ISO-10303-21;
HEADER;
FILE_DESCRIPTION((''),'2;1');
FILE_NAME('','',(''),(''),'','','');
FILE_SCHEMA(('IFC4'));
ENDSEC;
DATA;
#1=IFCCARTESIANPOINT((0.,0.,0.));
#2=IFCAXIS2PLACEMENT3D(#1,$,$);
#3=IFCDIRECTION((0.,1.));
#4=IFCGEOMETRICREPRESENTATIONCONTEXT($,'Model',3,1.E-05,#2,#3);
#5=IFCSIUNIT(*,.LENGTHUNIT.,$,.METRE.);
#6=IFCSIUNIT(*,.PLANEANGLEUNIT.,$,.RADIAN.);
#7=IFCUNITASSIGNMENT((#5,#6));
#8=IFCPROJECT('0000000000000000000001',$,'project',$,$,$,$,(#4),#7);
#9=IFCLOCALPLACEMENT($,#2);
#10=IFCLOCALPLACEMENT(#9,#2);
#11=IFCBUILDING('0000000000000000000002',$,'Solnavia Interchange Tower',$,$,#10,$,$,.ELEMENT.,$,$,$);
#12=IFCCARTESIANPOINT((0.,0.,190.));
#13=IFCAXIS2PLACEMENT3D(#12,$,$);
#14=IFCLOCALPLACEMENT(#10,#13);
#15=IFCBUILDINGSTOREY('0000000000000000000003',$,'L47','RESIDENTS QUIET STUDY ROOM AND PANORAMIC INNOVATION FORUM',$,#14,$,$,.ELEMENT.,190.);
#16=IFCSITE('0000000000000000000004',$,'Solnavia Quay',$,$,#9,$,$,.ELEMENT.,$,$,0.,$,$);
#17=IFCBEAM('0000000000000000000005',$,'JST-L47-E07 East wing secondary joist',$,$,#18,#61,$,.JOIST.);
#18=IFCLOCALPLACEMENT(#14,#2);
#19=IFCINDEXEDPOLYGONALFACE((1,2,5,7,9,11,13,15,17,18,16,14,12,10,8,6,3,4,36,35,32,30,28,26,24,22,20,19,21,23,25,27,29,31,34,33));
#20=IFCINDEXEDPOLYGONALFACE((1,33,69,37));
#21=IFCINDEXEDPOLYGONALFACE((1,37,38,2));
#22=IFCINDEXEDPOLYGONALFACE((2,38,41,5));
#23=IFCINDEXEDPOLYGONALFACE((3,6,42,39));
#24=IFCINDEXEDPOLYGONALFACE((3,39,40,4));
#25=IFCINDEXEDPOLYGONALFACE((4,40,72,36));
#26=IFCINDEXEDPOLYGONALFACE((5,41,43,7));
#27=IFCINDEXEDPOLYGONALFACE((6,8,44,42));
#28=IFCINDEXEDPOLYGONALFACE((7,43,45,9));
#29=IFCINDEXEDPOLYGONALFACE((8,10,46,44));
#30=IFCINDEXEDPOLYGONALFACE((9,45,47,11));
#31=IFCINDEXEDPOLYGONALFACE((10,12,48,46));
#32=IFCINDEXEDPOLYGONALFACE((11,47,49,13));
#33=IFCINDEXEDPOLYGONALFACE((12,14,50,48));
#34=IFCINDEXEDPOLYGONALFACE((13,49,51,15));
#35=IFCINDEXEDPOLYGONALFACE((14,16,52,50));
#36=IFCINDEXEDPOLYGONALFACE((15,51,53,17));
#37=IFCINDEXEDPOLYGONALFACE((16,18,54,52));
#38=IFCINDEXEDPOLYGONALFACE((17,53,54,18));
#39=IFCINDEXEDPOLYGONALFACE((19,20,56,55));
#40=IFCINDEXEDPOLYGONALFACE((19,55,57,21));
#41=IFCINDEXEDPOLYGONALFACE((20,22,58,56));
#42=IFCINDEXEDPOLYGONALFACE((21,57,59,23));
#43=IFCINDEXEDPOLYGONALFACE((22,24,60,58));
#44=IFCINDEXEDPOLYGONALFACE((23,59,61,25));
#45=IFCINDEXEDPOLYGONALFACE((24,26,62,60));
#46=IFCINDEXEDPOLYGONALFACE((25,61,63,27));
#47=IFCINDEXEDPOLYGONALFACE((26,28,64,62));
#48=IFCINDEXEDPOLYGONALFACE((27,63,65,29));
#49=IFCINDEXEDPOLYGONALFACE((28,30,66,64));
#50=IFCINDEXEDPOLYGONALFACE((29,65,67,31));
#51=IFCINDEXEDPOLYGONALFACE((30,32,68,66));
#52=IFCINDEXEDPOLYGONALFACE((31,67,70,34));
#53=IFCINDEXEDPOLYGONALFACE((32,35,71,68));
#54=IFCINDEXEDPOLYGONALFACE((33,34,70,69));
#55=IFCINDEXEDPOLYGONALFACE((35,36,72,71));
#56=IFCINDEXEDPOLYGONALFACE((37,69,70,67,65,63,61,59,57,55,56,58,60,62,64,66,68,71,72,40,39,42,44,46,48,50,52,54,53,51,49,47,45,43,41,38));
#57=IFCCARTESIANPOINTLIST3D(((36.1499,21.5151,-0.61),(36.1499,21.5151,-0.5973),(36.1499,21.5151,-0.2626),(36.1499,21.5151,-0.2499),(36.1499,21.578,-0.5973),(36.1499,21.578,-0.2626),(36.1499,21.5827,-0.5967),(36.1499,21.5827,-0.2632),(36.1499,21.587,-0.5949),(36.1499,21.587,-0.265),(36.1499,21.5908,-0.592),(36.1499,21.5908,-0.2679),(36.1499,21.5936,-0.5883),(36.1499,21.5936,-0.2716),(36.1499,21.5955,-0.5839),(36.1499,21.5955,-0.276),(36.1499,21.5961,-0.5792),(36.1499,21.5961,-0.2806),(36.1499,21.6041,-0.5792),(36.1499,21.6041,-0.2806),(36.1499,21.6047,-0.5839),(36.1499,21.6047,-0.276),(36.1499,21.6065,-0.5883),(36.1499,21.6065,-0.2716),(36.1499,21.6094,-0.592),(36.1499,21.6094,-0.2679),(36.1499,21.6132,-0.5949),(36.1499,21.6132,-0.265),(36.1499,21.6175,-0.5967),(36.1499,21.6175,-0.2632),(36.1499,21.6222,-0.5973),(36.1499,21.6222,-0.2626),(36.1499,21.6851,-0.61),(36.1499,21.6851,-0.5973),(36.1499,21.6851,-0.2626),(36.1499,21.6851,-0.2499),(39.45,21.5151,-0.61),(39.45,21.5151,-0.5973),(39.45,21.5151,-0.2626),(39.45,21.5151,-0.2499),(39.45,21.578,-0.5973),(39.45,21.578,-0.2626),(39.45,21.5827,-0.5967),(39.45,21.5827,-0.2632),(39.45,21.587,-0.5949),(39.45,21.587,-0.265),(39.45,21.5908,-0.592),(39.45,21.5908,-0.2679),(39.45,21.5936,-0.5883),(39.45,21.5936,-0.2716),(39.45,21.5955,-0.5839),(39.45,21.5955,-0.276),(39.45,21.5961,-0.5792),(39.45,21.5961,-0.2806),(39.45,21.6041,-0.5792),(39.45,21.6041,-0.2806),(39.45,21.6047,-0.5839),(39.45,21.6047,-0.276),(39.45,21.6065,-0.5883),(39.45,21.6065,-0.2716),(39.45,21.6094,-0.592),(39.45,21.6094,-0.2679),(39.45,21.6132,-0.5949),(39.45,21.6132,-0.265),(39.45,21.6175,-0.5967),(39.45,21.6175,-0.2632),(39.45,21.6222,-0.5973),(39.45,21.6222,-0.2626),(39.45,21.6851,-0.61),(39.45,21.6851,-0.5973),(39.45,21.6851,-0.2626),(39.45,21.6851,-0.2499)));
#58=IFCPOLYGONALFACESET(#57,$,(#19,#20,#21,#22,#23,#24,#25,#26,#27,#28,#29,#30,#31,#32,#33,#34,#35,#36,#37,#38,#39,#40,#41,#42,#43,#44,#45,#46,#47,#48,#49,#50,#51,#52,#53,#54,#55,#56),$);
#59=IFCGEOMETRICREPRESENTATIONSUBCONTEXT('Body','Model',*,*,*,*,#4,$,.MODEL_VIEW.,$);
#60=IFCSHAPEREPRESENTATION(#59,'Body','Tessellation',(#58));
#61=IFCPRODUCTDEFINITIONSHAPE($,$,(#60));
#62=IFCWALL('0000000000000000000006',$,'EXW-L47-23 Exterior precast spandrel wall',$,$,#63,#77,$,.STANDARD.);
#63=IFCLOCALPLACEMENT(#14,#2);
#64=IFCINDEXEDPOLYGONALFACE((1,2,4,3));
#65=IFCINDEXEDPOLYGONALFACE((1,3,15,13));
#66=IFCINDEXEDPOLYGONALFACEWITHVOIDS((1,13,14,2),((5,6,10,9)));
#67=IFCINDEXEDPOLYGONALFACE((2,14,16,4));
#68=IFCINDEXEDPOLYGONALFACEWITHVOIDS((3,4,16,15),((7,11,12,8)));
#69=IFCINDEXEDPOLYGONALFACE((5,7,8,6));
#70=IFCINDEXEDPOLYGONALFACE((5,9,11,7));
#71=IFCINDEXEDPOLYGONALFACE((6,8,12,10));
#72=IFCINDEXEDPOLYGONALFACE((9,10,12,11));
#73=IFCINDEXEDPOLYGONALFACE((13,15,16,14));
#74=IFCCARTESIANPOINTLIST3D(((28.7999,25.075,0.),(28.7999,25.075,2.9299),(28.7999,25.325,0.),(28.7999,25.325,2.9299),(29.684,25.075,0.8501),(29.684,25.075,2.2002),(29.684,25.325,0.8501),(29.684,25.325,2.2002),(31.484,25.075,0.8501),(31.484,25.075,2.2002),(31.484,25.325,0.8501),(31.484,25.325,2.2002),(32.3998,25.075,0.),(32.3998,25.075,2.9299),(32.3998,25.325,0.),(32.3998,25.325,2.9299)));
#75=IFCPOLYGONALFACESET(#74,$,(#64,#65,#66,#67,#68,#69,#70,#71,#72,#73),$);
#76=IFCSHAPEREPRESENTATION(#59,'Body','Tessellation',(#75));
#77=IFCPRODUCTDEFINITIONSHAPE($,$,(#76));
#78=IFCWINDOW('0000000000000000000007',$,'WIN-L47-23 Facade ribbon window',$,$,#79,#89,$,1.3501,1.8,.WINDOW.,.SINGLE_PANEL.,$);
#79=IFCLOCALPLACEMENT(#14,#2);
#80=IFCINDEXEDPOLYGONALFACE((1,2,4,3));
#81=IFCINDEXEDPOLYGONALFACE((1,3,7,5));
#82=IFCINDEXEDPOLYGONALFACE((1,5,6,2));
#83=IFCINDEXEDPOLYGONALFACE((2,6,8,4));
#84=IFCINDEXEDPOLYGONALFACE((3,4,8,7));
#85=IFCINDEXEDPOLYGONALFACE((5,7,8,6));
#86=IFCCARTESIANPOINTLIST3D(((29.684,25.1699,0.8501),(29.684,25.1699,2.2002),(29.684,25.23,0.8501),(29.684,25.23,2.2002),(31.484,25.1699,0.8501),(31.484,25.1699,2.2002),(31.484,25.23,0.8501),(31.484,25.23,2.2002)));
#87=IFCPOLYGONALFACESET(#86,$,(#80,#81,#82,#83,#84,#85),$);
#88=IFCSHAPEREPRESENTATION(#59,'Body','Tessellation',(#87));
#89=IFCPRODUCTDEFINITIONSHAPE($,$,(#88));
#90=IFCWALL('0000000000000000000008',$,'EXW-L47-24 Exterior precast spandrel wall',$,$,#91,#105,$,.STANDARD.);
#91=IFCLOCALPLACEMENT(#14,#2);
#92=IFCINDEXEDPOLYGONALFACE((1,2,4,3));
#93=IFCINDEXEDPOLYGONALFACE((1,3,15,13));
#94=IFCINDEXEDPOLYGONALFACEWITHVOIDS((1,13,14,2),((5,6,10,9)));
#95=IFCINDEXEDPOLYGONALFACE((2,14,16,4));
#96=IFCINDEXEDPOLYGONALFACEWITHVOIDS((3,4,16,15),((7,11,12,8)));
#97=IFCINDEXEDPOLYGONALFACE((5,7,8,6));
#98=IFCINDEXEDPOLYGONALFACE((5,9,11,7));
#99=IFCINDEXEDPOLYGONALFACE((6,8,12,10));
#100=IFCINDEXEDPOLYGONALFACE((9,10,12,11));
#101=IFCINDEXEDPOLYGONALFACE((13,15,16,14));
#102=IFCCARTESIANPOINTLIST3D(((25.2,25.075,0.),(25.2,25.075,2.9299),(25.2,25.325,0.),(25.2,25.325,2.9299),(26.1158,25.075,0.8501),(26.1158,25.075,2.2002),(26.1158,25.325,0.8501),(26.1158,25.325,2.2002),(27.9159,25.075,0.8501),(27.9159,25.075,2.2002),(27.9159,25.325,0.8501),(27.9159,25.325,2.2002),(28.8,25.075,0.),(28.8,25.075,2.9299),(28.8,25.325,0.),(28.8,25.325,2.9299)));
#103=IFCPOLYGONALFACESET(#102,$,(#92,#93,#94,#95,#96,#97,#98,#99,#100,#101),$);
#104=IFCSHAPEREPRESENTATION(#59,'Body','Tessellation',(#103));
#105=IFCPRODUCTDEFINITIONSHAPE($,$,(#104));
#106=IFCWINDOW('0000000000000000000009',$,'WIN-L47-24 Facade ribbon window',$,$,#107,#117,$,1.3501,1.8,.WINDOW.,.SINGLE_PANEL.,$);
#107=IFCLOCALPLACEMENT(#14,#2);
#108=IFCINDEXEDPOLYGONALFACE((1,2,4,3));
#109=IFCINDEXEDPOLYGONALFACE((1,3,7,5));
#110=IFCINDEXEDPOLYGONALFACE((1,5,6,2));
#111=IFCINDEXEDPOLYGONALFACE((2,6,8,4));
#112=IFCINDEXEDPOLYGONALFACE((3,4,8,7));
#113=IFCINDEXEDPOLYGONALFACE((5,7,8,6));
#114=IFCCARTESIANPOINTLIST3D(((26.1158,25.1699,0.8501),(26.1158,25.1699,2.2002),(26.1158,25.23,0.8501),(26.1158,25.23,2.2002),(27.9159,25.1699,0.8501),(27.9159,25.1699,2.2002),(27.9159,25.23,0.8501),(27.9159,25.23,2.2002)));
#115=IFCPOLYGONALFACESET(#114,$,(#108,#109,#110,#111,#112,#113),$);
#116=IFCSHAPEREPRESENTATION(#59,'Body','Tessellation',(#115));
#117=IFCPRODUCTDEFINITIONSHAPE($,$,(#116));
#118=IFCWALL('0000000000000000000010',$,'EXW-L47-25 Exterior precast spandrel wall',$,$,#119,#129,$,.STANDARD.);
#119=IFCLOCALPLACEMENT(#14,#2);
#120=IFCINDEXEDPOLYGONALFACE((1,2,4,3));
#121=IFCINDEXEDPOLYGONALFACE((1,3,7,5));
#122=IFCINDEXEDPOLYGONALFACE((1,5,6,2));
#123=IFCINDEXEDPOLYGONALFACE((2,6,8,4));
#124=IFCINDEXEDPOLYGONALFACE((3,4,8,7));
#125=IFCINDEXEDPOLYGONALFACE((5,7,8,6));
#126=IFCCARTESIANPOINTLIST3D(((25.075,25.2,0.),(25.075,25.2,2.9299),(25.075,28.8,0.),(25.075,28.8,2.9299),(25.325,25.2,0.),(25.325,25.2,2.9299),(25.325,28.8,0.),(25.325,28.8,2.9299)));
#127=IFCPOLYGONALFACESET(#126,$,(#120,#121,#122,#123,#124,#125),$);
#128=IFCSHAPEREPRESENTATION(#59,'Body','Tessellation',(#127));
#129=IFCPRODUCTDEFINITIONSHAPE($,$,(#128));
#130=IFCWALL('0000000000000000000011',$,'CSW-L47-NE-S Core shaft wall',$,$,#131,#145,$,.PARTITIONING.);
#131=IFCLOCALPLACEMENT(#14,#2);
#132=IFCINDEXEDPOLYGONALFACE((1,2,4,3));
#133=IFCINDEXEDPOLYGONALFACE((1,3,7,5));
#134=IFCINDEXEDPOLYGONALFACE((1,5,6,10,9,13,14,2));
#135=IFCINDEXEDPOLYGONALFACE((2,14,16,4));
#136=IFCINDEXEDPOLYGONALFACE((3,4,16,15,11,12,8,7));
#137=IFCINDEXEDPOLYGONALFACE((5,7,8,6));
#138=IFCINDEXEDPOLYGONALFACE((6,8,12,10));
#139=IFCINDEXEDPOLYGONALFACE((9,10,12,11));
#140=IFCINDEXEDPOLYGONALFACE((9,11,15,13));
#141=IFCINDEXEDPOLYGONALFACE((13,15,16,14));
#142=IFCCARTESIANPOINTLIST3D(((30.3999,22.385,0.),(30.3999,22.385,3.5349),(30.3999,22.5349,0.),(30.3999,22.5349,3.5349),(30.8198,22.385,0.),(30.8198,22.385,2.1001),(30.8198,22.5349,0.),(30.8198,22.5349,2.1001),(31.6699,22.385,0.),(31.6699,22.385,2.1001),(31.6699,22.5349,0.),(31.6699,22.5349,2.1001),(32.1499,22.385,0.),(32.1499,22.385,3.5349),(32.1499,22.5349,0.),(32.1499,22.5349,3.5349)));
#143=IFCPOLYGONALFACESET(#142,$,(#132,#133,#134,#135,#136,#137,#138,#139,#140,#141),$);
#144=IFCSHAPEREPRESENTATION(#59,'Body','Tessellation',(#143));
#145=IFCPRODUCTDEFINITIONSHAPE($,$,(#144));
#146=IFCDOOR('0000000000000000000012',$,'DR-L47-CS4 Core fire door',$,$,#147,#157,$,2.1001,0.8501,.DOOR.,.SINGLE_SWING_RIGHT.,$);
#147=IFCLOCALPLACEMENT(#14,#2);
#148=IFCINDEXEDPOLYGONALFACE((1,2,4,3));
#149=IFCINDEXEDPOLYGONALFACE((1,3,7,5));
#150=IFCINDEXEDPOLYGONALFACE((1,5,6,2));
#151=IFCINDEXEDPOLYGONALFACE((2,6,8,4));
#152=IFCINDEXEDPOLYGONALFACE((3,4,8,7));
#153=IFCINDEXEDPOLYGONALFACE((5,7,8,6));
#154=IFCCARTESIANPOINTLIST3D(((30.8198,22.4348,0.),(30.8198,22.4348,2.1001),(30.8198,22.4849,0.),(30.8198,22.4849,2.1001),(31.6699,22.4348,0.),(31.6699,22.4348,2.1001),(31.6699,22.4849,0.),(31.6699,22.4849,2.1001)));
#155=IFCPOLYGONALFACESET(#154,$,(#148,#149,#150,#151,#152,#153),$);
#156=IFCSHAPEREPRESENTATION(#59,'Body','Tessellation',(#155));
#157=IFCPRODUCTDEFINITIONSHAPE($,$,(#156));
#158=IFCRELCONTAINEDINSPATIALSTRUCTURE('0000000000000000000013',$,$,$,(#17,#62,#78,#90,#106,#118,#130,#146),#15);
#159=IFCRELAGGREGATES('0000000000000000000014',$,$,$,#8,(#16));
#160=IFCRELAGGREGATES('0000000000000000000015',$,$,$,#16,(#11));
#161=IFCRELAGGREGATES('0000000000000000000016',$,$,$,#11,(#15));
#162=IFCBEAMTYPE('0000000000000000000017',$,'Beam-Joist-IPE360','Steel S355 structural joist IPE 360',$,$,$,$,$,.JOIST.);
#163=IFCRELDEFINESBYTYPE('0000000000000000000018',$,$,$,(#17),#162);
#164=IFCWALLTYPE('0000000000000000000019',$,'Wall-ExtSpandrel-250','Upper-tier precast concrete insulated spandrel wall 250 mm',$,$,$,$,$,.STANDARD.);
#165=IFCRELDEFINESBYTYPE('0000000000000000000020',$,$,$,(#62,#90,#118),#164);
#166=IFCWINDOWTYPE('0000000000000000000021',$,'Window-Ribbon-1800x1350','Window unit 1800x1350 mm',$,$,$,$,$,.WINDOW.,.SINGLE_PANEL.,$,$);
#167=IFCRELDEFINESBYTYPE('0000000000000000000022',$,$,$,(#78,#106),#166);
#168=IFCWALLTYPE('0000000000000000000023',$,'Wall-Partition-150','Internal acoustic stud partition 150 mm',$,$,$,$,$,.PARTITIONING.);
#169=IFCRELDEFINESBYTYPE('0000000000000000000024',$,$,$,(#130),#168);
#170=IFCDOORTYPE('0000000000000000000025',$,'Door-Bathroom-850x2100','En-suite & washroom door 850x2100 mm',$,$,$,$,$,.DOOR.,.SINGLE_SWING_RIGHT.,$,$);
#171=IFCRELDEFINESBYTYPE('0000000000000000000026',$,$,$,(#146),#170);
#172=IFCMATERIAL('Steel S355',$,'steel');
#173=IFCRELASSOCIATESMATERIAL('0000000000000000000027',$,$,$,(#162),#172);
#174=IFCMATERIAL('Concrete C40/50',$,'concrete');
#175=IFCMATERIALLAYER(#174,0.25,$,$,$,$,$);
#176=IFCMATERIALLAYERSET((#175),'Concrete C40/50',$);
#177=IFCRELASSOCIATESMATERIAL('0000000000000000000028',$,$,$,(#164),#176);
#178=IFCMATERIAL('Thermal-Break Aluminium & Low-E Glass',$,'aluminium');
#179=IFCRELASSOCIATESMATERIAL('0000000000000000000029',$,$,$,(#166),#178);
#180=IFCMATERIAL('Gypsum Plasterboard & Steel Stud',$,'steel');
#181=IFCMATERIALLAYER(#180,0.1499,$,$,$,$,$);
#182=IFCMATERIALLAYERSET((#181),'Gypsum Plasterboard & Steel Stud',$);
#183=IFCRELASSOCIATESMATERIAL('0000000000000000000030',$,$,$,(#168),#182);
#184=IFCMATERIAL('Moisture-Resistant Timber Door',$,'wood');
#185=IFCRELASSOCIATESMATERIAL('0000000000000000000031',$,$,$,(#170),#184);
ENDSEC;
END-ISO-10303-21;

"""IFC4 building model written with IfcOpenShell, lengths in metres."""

from ifc_helpers import new_model, si_unit, direction, frame, frame_2d, origin, origin_2d, place, context, subcontext, project, spatial, rectangle, i_section, extrude, material, layer, layer_set, material_profile, profile_set, type_object, element, fill, save


model = new_model("IFC4")

# Units and contexts
model_context = context("Model", 3, precision=1e-05, world=origin(), true_north=direction((0.0, 1.0)))
body_context = subcontext(model_context, "Body", "Model", "MODEL_VIEW")
ifc_project = project(units=[si_unit("LENGTHUNIT", "METRE"), si_unit("PLANEANGLEUNIT", "RADIAN")], contexts=[model_context])

# Site, building, storey
site_placement = place(None, origin())
site = spatial("IfcSite", under=ifc_project, at=site_placement, Name="Solnavia Quay", CompositionType="ELEMENT", RefElevation=0.0)
building_placement = place(site_placement, origin())
building = spatial("IfcBuilding", under=site, at=building_placement, Name="Solnavia Interchange Tower", CompositionType="ELEMENT")
storey_placement = place(building_placement, frame((0.0, 0.0, 190.0)))
storey = spatial("IfcBuildingStorey", under=building, at=storey_placement, Name="L47", Description="RESIDENTS QUIET STUDY ROOM AND PANORAMIC INNOVATION FORUM", CompositionType="ELEMENT", Elevation=190.0)

# Shared definitions
ifc_material_1 = material(Name="Steel S355", Category="steel")

# Beam
ifc_material_profile_1 = material_profile(ifc_material_1, i_section(OverallWidth=0.1699, OverallDepth=0.3601, WebThickness=0.0081, FlangeThickness=0.0127, FilletRadius=0.0181, at=origin_2d()), Name="IPE 360")
ifc_profile_set_1 = profile_set([ifc_material_profile_1], Name="Steel S355")
beam_type_1 = type_object("IfcBeamType", Name="Beam-Joist-IPE360", Description="Steel S355 structural joist IPE 360", PredefinedType="JOIST", material=ifc_profile_set_1)
beam_1_placement = place(storey_placement, frame((36.1499, 21.6001, -0.4299), z_axis=(1.0, 0.0, 0.0), x_axis=(0.0, 1.0, 0.0)))
element("IfcBeam", 1, at=beam_1_placement, inside=storey, type_object=beam_type_1, Name="JST-L47-E07 East wing secondary joist", PredefinedType="JOIST", context=body_context, shape_type="SweptSolid", body=[
    extrude(i_section(OverallWidth=0.1699, OverallDepth=0.3601, WebThickness=0.0081, FlangeThickness=0.0127, FilletRadius=0.0181, at=origin_2d()), origin(), (0.0, 0.0, 1.0), 3.3),
])

# Walls, openings, windows
ifc_material_2 = material(Name="Concrete C40/50", Category="concrete")
ifc_layer_1 = layer(ifc_material_2, 0.25)
ifc_layer_set_1 = layer_set([ifc_layer_1], Name="Concrete C40/50")
wall_type_1 = type_object("IfcWallType", Name="Wall-ExtSpandrel-250", Description="Upper-tier precast concrete insulated spandrel wall 250 mm", PredefinedType="STANDARD", material=ifc_layer_set_1)
wall_1_placement = place(storey_placement, frame((28.8, 25.2, 0.0), z_axis=(0.0, 0.0, 1.0), x_axis=(1.0, 0.0, 0.0)))
wall_1 = element("IfcWall", 2, at=wall_1_placement, inside=storey, type_object=wall_type_1, Name="EXW-L47-23 Exterior precast spandrel wall", PredefinedType="STANDARD", context=body_context, shape_type="SweptSolid", body=[
    extrude(rectangle(XDim=3.5999, YDim=0.25, at=frame_2d((1.7998, 0.0))), origin(), (0.0, 0.0, 1.0), 2.9299),
])
opening_1_placement = place(wall_1_placement, frame((0.884, 0.0, 0.8501)))
opening_1 = element("IfcOpeningElement", 3, at=opening_1_placement, cuts=wall_1, PredefinedType="OPENING", context=body_context, shape_type="SweptSolid", body=[
    extrude(rectangle(XDim=1.8, YDim=1.3501, at=frame_2d((0.8999, 0.675))), frame((0.0, 0.135, 0.0), z_axis=(0.0, -1.0, 0.0), x_axis=(1.0, 0.0, 0.0)), (0.0, 0.0, 1.0), 0.27),
])
ifc_material_3 = material(Name="Thermal-Break Aluminium & Low-E Glass", Category="aluminium")
window_type = type_object("IfcWindowType", Name="Window-Ribbon-1800x1350", Description="Window unit 1800x1350 mm", PartitioningType="SINGLE_PANEL", PredefinedType="WINDOW", material=ifc_material_3)
window_1_placement = place(opening_1_placement, origin())
window_1 = element("IfcWindow", 4, at=window_1_placement, inside=storey, type_object=window_type, Name="WIN-L47-23 Facade ribbon window", OverallHeight=1.3501, OverallWidth=1.8, PartitioningType="SINGLE_PANEL", PredefinedType="WINDOW", context=body_context, shape_type="SweptSolid", body=[
    extrude(rectangle(XDim=1.8, YDim=1.3501, at=frame_2d((0.8999, 0.675))), frame((0.0, 0.03, 0.0), z_axis=(0.0, -1.0, 0.0), x_axis=(1.0, 0.0, 0.0)), (0.0, 0.0, 1.0), 0.0601),
])
fill(opening_1, window_1)
wall_2_placement = place(storey_placement, frame((25.2, 25.2, 0.0), z_axis=(0.0, 0.0, 1.0), x_axis=(1.0, 0.0, 0.0)))
wall_2 = element("IfcWall", 5, at=wall_2_placement, inside=storey, type_object=wall_type_1, Name="EXW-L47-24 Exterior precast spandrel wall", PredefinedType="STANDARD", context=body_context, shape_type="SweptSolid", body=[
    extrude(rectangle(XDim=3.6001, YDim=0.25, at=frame_2d((1.8, 0.0))), origin(), (0.0, 0.0, 1.0), 2.9299),
])
opening_2_placement = place(wall_2_placement, frame((0.916, 0.0, 0.8501)))
opening_2 = element("IfcOpeningElement", 6, at=opening_2_placement, cuts=wall_2, PredefinedType="OPENING", context=body_context, shape_type="SweptSolid", body=[
    extrude(rectangle(XDim=1.8, YDim=1.3501, at=frame_2d((0.8999, 0.675))), frame((0.0, 0.135, 0.0), z_axis=(0.0, -1.0, 0.0), x_axis=(1.0, 0.0, 0.0)), (0.0, 0.0, 1.0), 0.27),
])
window_2_placement = place(opening_2_placement, origin())
window_2 = element("IfcWindow", 7, at=window_2_placement, inside=storey, type_object=window_type, Name="WIN-L47-24 Facade ribbon window", OverallHeight=1.3501, OverallWidth=1.8, PartitioningType="SINGLE_PANEL", PredefinedType="WINDOW", context=body_context, shape_type="SweptSolid", body=[
    extrude(rectangle(XDim=1.8, YDim=1.3501, at=frame_2d((0.8999, 0.675))), frame((0.0, 0.03, 0.0), z_axis=(0.0, -1.0, 0.0), x_axis=(1.0, 0.0, 0.0)), (0.0, 0.0, 1.0), 0.0601),
])
fill(opening_2, window_2)

# Wall
wall_3_placement = place(storey_placement, frame((25.2, 25.2, 0.0), z_axis=(0.0, 0.0, 1.0), x_axis=(0.0, 1.0, 0.0)))
element("IfcWall", 8, at=wall_3_placement, inside=storey, type_object=wall_type_1, Name="EXW-L47-25 Exterior precast spandrel wall", PredefinedType="STANDARD", context=body_context, shape_type="SweptSolid", body=[
    extrude(rectangle(XDim=3.6001, YDim=0.25, at=frame_2d((1.8, 0.0))), origin(), (0.0, 0.0, 1.0), 2.9299),
])

# Wall, opening, door
ifc_material_4 = material(Name="Gypsum Plasterboard & Steel Stud", Category="steel")
ifc_layer_2 = layer(ifc_material_4, 0.1499)
ifc_layer_set_2 = layer_set([ifc_layer_2], Name="Gypsum Plasterboard & Steel Stud")
wall_type_2 = type_object("IfcWallType", Name="Wall-Partition-150", Description="Internal acoustic stud partition 150 mm", PredefinedType="PARTITIONING", material=ifc_layer_set_2)
wall_4_placement = place(storey_placement, frame((30.3999, 22.46, 0.0), z_axis=(0.0, 0.0, 1.0), x_axis=(1.0, 0.0, 0.0)))
wall_4 = element("IfcWall", 9, at=wall_4_placement, inside=storey, type_object=wall_type_2, Name="CSW-L47-NE-S Core shaft wall", PredefinedType="PARTITIONING", context=body_context, shape_type="SweptSolid", body=[
    extrude(rectangle(XDim=1.75, YDim=0.1499, at=frame_2d((0.875, 0.0))), origin(), (0.0, 0.0, 1.0), 3.5349),
])
opening_3_placement = place(wall_4_placement, frame((0.4199, 0.0, 0.0)))
opening_3 = element("IfcOpeningElement", 10, at=opening_3_placement, cuts=wall_4, PredefinedType="OPENING", context=body_context, shape_type="SweptSolid", body=[
    extrude(rectangle(XDim=0.8501, YDim=2.1001, at=frame_2d((0.425, 1.05))), frame((0.0, 0.085, 0.0), z_axis=(0.0, -1.0, 0.0), x_axis=(1.0, 0.0, 0.0)), (0.0, 0.0, 1.0), 0.1699),
])
ifc_material_5 = material(Name="Moisture-Resistant Timber Door", Category="wood")
door_type_1 = type_object("IfcDoorType", Name="Door-Bathroom-850x2100", Description="En-suite & washroom door 850x2100 mm", OperationType="SINGLE_SWING_RIGHT", PredefinedType="DOOR", material=ifc_material_5)
door_1_placement = place(opening_3_placement, origin())
door_1 = element("IfcDoor", 11, at=door_1_placement, inside=storey, type_object=door_type_1, Name="DR-L47-CS4 Core fire door", OperationType="SINGLE_SWING_RIGHT", OverallHeight=2.1001, OverallWidth=0.8501, PredefinedType="DOOR", context=body_context, shape_type="SweptSolid", body=[
    extrude(rectangle(XDim=0.8501, YDim=2.1001, at=frame_2d((0.425, 1.05))), frame((0.0, 0.0249, 0.0), z_axis=(0.0, -1.0, 0.0), x_axis=(1.0, 0.0, 0.0)), (0.0, 0.0, 1.0), 0.05),
])
fill(opening_3, door_1)

save(model, "model.ifc")
